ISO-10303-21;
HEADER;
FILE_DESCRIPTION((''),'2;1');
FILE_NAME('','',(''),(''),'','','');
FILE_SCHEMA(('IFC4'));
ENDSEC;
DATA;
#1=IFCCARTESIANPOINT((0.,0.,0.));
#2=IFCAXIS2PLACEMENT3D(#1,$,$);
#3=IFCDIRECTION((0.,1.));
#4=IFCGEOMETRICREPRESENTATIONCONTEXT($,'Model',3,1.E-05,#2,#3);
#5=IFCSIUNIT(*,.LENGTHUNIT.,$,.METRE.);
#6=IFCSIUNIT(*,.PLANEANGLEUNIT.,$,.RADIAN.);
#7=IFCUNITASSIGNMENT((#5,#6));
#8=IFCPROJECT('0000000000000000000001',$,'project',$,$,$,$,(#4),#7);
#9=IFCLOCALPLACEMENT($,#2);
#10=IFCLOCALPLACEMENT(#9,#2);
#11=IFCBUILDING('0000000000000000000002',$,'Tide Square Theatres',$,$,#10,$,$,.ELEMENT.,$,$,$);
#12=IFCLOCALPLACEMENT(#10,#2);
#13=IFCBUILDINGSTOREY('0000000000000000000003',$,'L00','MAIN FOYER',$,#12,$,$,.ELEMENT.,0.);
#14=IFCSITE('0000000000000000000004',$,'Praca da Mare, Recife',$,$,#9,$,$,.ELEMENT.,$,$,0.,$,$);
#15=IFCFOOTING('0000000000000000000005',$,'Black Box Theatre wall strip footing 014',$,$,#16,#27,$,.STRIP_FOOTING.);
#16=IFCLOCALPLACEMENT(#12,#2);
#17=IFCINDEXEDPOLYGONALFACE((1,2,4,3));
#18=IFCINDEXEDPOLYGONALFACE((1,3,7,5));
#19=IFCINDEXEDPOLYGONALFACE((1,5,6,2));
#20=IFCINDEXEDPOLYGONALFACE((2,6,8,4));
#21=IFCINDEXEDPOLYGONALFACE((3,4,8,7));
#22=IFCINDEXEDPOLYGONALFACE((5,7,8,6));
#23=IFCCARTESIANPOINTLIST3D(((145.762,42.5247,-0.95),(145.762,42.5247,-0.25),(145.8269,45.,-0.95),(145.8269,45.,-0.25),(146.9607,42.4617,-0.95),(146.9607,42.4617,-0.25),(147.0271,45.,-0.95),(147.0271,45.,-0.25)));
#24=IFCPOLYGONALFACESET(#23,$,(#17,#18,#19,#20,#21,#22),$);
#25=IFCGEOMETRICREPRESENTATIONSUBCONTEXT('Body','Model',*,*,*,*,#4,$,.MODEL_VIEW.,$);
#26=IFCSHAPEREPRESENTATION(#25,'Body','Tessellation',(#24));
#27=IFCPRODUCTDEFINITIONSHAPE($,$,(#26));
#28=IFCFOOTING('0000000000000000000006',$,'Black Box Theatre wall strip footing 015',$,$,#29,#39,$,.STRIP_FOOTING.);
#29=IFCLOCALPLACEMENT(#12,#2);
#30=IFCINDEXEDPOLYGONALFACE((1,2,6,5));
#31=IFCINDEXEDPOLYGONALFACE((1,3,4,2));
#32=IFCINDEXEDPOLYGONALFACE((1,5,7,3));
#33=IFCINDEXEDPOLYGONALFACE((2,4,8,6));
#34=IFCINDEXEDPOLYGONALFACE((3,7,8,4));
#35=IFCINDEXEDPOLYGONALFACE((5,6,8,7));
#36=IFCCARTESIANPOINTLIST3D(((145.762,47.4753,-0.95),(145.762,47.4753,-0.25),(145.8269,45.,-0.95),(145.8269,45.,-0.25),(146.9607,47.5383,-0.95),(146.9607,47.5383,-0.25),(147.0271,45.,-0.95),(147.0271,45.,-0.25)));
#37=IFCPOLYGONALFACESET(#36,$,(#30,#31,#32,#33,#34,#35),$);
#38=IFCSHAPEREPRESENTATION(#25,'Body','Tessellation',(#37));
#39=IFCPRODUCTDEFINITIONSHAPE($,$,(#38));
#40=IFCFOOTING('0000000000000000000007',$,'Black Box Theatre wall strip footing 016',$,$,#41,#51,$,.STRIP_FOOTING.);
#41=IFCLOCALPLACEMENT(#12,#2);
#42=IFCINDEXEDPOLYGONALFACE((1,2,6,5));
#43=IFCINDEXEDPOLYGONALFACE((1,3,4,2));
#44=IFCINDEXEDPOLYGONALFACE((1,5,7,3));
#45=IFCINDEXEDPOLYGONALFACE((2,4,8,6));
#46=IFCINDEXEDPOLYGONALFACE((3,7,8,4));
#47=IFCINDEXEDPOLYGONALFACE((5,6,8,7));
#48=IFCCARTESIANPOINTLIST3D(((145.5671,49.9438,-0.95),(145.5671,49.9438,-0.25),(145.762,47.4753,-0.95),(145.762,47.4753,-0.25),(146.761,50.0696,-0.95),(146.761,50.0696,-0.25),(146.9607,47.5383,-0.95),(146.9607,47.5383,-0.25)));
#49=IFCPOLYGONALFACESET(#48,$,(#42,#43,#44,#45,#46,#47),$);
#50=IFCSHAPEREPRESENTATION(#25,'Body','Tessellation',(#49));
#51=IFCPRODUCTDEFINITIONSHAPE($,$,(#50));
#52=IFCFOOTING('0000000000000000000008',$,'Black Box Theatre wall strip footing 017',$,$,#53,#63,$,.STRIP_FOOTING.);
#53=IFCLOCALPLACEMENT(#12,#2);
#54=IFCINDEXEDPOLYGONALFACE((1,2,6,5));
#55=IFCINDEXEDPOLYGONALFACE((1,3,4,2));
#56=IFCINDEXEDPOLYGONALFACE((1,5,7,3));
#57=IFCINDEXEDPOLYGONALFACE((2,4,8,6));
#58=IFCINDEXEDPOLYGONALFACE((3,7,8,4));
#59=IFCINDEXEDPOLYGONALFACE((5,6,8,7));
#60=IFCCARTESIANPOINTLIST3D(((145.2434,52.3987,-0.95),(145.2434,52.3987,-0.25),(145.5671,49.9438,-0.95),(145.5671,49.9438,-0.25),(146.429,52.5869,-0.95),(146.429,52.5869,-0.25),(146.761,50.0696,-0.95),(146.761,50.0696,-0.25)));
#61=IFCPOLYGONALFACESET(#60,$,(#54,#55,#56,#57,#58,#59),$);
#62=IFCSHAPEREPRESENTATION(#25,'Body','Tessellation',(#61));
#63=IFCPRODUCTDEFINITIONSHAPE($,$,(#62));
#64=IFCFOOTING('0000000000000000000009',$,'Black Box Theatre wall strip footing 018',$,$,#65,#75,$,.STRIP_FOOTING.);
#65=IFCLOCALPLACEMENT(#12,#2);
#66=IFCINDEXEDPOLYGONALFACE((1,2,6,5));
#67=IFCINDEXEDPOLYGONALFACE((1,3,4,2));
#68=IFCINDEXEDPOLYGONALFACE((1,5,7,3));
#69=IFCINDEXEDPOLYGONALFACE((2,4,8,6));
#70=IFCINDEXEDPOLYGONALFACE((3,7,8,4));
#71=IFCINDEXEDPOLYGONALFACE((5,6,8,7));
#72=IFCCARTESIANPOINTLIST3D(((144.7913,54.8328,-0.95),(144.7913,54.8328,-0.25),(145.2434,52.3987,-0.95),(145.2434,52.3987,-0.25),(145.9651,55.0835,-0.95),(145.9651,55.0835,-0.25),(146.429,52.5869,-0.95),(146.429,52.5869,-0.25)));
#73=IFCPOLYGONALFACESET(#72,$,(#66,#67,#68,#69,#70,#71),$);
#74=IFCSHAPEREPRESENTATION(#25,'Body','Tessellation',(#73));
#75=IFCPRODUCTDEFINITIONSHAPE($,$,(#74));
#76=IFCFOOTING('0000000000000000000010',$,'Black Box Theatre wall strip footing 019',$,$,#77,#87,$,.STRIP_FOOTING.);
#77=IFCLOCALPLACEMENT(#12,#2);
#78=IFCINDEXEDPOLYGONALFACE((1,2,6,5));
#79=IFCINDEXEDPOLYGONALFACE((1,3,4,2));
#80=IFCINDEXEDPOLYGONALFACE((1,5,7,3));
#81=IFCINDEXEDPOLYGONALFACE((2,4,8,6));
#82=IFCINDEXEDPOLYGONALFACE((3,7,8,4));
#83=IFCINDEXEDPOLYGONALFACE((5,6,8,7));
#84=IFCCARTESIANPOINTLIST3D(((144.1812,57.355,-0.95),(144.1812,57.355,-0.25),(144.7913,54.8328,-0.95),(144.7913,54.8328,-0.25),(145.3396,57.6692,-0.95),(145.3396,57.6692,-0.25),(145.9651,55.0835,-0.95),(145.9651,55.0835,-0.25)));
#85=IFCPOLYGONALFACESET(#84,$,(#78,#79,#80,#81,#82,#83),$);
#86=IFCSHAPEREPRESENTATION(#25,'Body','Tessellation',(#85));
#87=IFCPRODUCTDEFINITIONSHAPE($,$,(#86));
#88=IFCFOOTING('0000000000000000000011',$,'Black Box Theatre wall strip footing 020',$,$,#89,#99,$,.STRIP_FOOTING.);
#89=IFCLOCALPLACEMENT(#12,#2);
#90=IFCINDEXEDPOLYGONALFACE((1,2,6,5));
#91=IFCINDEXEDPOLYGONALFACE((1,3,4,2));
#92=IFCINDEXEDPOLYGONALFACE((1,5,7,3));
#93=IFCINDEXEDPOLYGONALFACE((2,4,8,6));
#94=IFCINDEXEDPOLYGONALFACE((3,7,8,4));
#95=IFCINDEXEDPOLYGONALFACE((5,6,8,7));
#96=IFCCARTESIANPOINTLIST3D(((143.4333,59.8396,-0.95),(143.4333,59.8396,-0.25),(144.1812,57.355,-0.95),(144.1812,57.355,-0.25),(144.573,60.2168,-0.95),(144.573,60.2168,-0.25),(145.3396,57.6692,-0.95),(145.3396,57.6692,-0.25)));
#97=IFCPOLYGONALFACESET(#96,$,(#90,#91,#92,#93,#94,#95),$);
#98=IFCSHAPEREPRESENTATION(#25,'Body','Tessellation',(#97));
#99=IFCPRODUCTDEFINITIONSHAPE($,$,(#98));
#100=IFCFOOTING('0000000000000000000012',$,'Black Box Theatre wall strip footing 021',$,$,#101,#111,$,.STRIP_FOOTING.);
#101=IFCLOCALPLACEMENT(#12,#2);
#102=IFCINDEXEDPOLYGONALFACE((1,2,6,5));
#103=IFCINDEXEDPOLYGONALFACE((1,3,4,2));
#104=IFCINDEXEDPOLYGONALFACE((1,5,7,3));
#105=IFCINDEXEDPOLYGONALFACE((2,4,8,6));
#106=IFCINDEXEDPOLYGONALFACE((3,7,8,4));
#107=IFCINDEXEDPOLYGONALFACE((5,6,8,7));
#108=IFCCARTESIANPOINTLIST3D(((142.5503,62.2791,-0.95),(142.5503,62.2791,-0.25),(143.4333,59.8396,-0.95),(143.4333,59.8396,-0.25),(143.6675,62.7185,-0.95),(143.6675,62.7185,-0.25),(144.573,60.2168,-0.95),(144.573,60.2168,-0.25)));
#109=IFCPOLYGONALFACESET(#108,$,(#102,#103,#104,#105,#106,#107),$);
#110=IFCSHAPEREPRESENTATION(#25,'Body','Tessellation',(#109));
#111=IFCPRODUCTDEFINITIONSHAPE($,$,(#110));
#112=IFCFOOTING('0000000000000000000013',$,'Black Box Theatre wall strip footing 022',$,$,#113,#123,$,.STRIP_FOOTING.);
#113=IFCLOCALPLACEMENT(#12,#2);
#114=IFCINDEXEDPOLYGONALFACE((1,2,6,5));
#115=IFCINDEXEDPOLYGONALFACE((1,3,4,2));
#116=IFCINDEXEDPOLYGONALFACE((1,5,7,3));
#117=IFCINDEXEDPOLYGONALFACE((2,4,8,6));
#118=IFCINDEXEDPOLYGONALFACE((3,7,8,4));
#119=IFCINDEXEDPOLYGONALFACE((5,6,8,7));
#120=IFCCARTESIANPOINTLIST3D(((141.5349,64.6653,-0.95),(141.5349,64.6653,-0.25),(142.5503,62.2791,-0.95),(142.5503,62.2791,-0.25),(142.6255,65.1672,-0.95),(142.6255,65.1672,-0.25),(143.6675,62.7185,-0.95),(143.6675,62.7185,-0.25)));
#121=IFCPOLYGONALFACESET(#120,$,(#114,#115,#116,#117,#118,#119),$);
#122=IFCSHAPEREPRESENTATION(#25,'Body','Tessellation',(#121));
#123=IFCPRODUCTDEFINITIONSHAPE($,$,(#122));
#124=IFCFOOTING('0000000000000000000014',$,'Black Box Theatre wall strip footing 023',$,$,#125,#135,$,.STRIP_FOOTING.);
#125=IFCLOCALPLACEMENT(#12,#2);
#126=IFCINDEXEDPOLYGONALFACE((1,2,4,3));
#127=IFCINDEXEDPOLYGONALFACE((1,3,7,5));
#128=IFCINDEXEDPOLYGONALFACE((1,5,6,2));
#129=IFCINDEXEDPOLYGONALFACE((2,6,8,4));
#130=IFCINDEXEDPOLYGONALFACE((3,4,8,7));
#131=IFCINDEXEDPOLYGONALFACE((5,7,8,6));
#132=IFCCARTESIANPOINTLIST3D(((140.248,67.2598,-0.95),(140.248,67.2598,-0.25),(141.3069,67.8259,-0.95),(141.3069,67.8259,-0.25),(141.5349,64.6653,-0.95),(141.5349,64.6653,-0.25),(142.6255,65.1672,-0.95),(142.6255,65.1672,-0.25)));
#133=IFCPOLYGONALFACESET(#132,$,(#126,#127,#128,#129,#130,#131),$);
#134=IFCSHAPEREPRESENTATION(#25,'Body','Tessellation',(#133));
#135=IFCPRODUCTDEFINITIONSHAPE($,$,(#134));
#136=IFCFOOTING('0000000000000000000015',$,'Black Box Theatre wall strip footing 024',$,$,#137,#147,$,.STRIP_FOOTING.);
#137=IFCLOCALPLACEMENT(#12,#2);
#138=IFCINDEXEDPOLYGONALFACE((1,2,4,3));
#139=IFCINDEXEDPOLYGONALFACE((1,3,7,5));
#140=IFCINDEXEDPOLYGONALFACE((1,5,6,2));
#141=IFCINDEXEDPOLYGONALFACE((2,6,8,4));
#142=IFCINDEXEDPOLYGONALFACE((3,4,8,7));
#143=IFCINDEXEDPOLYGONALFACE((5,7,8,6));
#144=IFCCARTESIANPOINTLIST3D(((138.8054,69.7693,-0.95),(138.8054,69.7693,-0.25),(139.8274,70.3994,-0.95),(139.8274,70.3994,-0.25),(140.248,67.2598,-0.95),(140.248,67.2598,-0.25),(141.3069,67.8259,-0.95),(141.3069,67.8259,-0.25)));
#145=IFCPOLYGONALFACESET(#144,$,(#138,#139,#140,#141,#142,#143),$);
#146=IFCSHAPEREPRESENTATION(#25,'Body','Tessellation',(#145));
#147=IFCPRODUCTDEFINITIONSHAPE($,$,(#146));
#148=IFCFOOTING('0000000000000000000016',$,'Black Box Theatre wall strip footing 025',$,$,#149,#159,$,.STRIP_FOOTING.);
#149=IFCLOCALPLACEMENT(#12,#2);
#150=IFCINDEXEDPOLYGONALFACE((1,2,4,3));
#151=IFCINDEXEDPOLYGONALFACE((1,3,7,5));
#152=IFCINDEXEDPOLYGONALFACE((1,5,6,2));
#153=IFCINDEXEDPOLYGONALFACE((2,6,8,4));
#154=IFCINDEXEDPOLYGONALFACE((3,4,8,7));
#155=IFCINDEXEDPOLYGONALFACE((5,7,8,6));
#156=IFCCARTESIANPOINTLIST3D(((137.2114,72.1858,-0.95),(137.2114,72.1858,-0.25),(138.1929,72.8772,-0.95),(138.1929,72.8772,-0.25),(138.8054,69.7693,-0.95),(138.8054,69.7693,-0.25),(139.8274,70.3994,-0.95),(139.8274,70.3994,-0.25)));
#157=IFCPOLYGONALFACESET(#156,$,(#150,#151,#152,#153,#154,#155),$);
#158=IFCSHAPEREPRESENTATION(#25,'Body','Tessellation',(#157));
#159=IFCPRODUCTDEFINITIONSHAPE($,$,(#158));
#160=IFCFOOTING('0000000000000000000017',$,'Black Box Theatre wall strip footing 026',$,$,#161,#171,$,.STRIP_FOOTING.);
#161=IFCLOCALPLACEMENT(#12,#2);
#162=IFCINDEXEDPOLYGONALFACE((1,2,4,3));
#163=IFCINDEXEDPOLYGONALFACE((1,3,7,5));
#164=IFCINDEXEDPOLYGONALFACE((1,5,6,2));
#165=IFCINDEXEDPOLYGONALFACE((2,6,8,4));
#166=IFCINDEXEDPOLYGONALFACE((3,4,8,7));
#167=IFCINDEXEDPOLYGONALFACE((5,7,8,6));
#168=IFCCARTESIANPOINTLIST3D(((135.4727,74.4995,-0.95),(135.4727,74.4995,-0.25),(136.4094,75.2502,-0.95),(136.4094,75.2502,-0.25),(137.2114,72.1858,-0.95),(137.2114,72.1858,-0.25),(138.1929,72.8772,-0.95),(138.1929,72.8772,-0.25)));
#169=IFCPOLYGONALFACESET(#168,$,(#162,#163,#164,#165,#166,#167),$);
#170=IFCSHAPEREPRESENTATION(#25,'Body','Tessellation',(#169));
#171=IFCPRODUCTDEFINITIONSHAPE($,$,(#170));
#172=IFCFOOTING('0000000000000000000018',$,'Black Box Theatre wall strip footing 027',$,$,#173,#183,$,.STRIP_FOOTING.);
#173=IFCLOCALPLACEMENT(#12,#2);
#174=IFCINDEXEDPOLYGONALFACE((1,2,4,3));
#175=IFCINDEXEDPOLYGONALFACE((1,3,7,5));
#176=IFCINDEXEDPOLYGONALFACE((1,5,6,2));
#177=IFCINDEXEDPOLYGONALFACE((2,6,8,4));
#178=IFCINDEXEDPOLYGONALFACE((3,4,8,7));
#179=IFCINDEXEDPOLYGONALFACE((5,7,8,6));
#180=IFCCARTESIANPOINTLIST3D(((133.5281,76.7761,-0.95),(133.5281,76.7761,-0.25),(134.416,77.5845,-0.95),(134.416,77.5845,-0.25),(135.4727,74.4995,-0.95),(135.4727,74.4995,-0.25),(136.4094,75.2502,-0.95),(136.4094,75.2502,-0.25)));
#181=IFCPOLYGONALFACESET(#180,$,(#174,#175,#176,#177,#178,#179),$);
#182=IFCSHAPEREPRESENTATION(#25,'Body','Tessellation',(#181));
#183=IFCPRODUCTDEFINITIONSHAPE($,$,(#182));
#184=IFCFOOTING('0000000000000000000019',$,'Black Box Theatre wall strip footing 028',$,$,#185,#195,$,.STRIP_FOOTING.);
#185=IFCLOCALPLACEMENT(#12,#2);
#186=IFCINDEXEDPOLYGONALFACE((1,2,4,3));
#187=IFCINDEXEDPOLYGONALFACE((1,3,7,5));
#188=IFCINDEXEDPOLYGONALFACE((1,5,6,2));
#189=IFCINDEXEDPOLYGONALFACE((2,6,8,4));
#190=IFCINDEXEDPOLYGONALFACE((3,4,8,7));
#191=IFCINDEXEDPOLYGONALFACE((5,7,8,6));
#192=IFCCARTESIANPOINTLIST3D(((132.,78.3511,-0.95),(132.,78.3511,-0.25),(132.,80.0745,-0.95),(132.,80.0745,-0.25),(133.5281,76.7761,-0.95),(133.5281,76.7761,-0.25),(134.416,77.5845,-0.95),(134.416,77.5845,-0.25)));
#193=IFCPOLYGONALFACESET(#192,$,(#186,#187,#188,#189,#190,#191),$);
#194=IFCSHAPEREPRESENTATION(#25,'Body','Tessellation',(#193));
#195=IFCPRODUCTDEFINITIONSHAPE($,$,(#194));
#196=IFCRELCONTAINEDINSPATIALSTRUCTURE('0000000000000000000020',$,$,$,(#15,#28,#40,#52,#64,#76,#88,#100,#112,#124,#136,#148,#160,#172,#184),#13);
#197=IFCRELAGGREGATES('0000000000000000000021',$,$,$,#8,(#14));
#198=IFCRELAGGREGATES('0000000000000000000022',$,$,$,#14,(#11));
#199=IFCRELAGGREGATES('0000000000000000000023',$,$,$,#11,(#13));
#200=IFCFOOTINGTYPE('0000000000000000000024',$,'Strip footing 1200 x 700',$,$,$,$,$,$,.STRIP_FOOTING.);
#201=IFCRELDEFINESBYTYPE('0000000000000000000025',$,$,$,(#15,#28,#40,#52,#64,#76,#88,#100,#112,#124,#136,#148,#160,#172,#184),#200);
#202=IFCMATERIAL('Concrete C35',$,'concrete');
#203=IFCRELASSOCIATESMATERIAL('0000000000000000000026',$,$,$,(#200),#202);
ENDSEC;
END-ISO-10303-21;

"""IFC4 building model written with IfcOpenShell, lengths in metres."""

from ifc_helpers import new_model, si_unit, direction, frame, origin, place, context, subcontext, project, spatial, polyline, outline, extrude, material, type_object, element, save


model = new_model("IFC4")

# Units and contexts
model_context = context("Model", 3, precision=1e-05, world=origin(), true_north=direction((0.0, 1.0)))
body_context = subcontext(model_context, "Body", "Model", "MODEL_VIEW")
ifc_project = project(units=[si_unit("LENGTHUNIT", "METRE"), si_unit("PLANEANGLEUNIT", "RADIAN")], contexts=[model_context])

# Site, building, storey
site_placement = place(None, origin())
site = spatial("IfcSite", under=ifc_project, at=site_placement, Name="Praca da Mare, Recife", CompositionType="ELEMENT", RefElevation=0.0)
building_placement = place(site_placement, origin())
building = spatial("IfcBuilding", under=site, at=building_placement, Name="Tide Square Theatres", CompositionType="ELEMENT")
storey_placement = place(building_placement, origin())
storey = spatial("IfcBuildingStorey", under=building, at=storey_placement, Name="L00", Description="MAIN FOYER", CompositionType="ELEMENT", Elevation=0.0)

# Footings
ifc_material = material(Name="Concrete C35", Category="concrete")
footing_type = type_object("IfcFootingType", Name="Strip footing 1200 x 700", PredefinedType="STRIP_FOOTING", material=ifc_material)
footing_1_placement = place(storey_placement, frame((0.0, 0.0, -0.95)))
element("IfcFooting", 1, at=footing_1_placement, inside=storey, type_object=footing_type, Name="Black Box Theatre wall strip footing 014", PredefinedType="STRIP_FOOTING", context=body_context, shape_type="SweptSolid", body=[
    extrude(outline(polyline([(146.9607, 42.4617), (147.0271, 45.0), (145.8269, 45.0), (145.762, 42.5247), (146.9607, 42.4617)])), origin(), (0.0, 0.0, 1.0), 0.7),
])
footing_2_placement = place(storey_placement, frame((0.0, 0.0, -0.95)))
element("IfcFooting", 2, at=footing_2_placement, inside=storey, type_object=footing_type, Name="Black Box Theatre wall strip footing 015", PredefinedType="STRIP_FOOTING", context=body_context, shape_type="SweptSolid", body=[
    extrude(outline(polyline([(147.0271, 45.0), (146.9607, 47.5383), (145.762, 47.4753), (145.8269, 45.0), (147.0271, 45.0)])), origin(), (0.0, 0.0, 1.0), 0.7),
])
footing_3_placement = place(storey_placement, frame((0.0, 0.0, -0.95)))
element("IfcFooting", 3, at=footing_3_placement, inside=storey, type_object=footing_type, Name="Black Box Theatre wall strip footing 016", PredefinedType="STRIP_FOOTING", context=body_context, shape_type="SweptSolid", body=[
    extrude(outline(polyline([(146.9607, 47.5383), (146.761, 50.0696), (145.5671, 49.9438), (145.762, 47.4753), (146.9607, 47.5383)])), origin(), (0.0, 0.0, 1.0), 0.7),
])
footing_4_placement = place(storey_placement, frame((0.0, 0.0, -0.95)))
element("IfcFooting", 4, at=footing_4_placement, inside=storey, type_object=footing_type, Name="Black Box Theatre wall strip footing 017", PredefinedType="STRIP_FOOTING", context=body_context, shape_type="SweptSolid", body=[
    extrude(outline(polyline([(146.761, 50.0696), (146.429, 52.5869), (145.2434, 52.3987), (145.5671, 49.9438), (146.761, 50.0696)])), origin(), (0.0, 0.0, 1.0), 0.7),
])
footing_5_placement = place(storey_placement, frame((0.0, 0.0, -0.95)))
element("IfcFooting", 5, at=footing_5_placement, inside=storey, type_object=footing_type, Name="Black Box Theatre wall strip footing 018", PredefinedType="STRIP_FOOTING", context=body_context, shape_type="SweptSolid", body=[
    extrude(outline(polyline([(146.429, 52.5869), (145.9651, 55.0835), (144.7913, 54.8328), (145.2434, 52.3987), (146.429, 52.5869)])), origin(), (0.0, 0.0, 1.0), 0.7),
])
footing_6_placement = place(storey_placement, frame((0.0, 0.0, -0.95)))
element("IfcFooting", 6, at=footing_6_placement, inside=storey, type_object=footing_type, Name="Black Box Theatre wall strip footing 019", PredefinedType="STRIP_FOOTING", context=body_context, shape_type="SweptSolid", body=[
    extrude(outline(polyline([(145.9651, 55.0835), (145.3396, 57.6692), (144.1812, 57.355), (144.7913, 54.8328), (145.9651, 55.0835)])), origin(), (0.0, 0.0, 1.0), 0.7),
])
footing_7_placement = place(storey_placement, frame((0.0, 0.0, -0.95)))
element("IfcFooting", 7, at=footing_7_placement, inside=storey, type_object=footing_type, Name="Black Box Theatre wall strip footing 020", PredefinedType="STRIP_FOOTING", context=body_context, shape_type="SweptSolid", body=[
    extrude(outline(polyline([(145.3396, 57.6692), (144.573, 60.2168), (143.4333, 59.8396), (144.1812, 57.355), (145.3396, 57.6692)])), origin(), (0.0, 0.0, 1.0), 0.7),
])
footing_8_placement = place(storey_placement, frame((0.0, 0.0, -0.95)))
element("IfcFooting", 8, at=footing_8_placement, inside=storey, type_object=footing_type, Name="Black Box Theatre wall strip footing 021", PredefinedType="STRIP_FOOTING", context=body_context, shape_type="SweptSolid", body=[
    extrude(outline(polyline([(144.573, 60.2168), (143.6675, 62.7185), (142.5503, 62.2791), (143.4333, 59.8396), (144.573, 60.2168)])), origin(), (0.0, 0.0, 1.0), 0.7),
])
footing_9_placement = place(storey_placement, frame((0.0, 0.0, -0.95)))
element("IfcFooting", 9, at=footing_9_placement, inside=storey, type_object=footing_type, Name="Black Box Theatre wall strip footing 022", PredefinedType="STRIP_FOOTING", context=body_context, shape_type="SweptSolid", body=[
    extrude(outline(polyline([(143.6675, 62.7185), (142.6255, 65.1672), (141.5349, 64.6653), (142.5503, 62.2791), (143.6675, 62.7185)])), origin(), (0.0, 0.0, 1.0), 0.7),
])
footing_10_placement = place(storey_placement, frame((0.0, 0.0, -0.95)))
element("IfcFooting", 10, at=footing_10_placement, inside=storey, type_object=footing_type, Name="Black Box Theatre wall strip footing 023", PredefinedType="STRIP_FOOTING", context=body_context, shape_type="SweptSolid", body=[
    extrude(outline(polyline([(142.6255, 65.1672), (141.3069, 67.8259), (140.248, 67.2598), (141.5349, 64.6653), (142.6255, 65.1672)])), origin(), (0.0, 0.0, 1.0), 0.7),
])
footing_11_placement = place(storey_placement, frame((0.0, 0.0, -0.95)))
element("IfcFooting", 11, at=footing_11_placement, inside=storey, type_object=footing_type, Name="Black Box Theatre wall strip footing 024", PredefinedType="STRIP_FOOTING", context=body_context, shape_type="SweptSolid", body=[
    extrude(outline(polyline([(141.3069, 67.8259), (139.8274, 70.3994), (138.8054, 69.7693), (140.248, 67.2598), (141.3069, 67.8259)])), origin(), (0.0, 0.0, 1.0), 0.7),
])
footing_12_placement = place(storey_placement, frame((0.0, 0.0, -0.95)))
element("IfcFooting", 12, at=footing_12_placement, inside=storey, type_object=footing_type, Name="Black Box Theatre wall strip footing 025", PredefinedType="STRIP_FOOTING", context=body_context, shape_type="SweptSolid", body=[
    extrude(outline(polyline([(139.8274, 70.3994), (138.1929, 72.8772), (137.2114, 72.1858), (138.8054, 69.7693), (139.8274, 70.3994)])), origin(), (0.0, 0.0, 1.0), 0.7),
])
footing_13_placement = place(storey_placement, frame((0.0, 0.0, -0.95)))
element("IfcFooting", 13, at=footing_13_placement, inside=storey, type_object=footing_type, Name="Black Box Theatre wall strip footing 026", PredefinedType="STRIP_FOOTING", context=body_context, shape_type="SweptSolid", body=[
    extrude(outline(polyline([(138.1929, 72.8772), (136.4094, 75.2502), (135.4727, 74.4995), (137.2114, 72.1858), (138.1929, 72.8772)])), origin(), (0.0, 0.0, 1.0), 0.7),
])
footing_14_placement = place(storey_placement, frame((0.0, 0.0, -0.95)))
element("IfcFooting", 14, at=footing_14_placement, inside=storey, type_object=footing_type, Name="Black Box Theatre wall strip footing 027", PredefinedType="STRIP_FOOTING", context=body_context, shape_type="SweptSolid", body=[
    extrude(outline(polyline([(136.4094, 75.2502), (134.416, 77.5845), (133.5281, 76.7761), (135.4727, 74.4995), (136.4094, 75.2502)])), origin(), (0.0, 0.0, 1.0), 0.7),
])
footing_15_placement = place(storey_placement, frame((0.0, 0.0, -0.95)))
element("IfcFooting", 15, at=footing_15_placement, inside=storey, type_object=footing_type, Name="Black Box Theatre wall strip footing 028", PredefinedType="STRIP_FOOTING", context=body_context, shape_type="SweptSolid", body=[
    extrude(outline(polyline([(134.416, 77.5845), (132.0, 80.0745), (132.0, 78.3511), (133.5281, 76.7761), (134.416, 77.5845)])), origin(), (0.0, 0.0, 1.0), 0.7),
])

save(model, "model.ifc")
